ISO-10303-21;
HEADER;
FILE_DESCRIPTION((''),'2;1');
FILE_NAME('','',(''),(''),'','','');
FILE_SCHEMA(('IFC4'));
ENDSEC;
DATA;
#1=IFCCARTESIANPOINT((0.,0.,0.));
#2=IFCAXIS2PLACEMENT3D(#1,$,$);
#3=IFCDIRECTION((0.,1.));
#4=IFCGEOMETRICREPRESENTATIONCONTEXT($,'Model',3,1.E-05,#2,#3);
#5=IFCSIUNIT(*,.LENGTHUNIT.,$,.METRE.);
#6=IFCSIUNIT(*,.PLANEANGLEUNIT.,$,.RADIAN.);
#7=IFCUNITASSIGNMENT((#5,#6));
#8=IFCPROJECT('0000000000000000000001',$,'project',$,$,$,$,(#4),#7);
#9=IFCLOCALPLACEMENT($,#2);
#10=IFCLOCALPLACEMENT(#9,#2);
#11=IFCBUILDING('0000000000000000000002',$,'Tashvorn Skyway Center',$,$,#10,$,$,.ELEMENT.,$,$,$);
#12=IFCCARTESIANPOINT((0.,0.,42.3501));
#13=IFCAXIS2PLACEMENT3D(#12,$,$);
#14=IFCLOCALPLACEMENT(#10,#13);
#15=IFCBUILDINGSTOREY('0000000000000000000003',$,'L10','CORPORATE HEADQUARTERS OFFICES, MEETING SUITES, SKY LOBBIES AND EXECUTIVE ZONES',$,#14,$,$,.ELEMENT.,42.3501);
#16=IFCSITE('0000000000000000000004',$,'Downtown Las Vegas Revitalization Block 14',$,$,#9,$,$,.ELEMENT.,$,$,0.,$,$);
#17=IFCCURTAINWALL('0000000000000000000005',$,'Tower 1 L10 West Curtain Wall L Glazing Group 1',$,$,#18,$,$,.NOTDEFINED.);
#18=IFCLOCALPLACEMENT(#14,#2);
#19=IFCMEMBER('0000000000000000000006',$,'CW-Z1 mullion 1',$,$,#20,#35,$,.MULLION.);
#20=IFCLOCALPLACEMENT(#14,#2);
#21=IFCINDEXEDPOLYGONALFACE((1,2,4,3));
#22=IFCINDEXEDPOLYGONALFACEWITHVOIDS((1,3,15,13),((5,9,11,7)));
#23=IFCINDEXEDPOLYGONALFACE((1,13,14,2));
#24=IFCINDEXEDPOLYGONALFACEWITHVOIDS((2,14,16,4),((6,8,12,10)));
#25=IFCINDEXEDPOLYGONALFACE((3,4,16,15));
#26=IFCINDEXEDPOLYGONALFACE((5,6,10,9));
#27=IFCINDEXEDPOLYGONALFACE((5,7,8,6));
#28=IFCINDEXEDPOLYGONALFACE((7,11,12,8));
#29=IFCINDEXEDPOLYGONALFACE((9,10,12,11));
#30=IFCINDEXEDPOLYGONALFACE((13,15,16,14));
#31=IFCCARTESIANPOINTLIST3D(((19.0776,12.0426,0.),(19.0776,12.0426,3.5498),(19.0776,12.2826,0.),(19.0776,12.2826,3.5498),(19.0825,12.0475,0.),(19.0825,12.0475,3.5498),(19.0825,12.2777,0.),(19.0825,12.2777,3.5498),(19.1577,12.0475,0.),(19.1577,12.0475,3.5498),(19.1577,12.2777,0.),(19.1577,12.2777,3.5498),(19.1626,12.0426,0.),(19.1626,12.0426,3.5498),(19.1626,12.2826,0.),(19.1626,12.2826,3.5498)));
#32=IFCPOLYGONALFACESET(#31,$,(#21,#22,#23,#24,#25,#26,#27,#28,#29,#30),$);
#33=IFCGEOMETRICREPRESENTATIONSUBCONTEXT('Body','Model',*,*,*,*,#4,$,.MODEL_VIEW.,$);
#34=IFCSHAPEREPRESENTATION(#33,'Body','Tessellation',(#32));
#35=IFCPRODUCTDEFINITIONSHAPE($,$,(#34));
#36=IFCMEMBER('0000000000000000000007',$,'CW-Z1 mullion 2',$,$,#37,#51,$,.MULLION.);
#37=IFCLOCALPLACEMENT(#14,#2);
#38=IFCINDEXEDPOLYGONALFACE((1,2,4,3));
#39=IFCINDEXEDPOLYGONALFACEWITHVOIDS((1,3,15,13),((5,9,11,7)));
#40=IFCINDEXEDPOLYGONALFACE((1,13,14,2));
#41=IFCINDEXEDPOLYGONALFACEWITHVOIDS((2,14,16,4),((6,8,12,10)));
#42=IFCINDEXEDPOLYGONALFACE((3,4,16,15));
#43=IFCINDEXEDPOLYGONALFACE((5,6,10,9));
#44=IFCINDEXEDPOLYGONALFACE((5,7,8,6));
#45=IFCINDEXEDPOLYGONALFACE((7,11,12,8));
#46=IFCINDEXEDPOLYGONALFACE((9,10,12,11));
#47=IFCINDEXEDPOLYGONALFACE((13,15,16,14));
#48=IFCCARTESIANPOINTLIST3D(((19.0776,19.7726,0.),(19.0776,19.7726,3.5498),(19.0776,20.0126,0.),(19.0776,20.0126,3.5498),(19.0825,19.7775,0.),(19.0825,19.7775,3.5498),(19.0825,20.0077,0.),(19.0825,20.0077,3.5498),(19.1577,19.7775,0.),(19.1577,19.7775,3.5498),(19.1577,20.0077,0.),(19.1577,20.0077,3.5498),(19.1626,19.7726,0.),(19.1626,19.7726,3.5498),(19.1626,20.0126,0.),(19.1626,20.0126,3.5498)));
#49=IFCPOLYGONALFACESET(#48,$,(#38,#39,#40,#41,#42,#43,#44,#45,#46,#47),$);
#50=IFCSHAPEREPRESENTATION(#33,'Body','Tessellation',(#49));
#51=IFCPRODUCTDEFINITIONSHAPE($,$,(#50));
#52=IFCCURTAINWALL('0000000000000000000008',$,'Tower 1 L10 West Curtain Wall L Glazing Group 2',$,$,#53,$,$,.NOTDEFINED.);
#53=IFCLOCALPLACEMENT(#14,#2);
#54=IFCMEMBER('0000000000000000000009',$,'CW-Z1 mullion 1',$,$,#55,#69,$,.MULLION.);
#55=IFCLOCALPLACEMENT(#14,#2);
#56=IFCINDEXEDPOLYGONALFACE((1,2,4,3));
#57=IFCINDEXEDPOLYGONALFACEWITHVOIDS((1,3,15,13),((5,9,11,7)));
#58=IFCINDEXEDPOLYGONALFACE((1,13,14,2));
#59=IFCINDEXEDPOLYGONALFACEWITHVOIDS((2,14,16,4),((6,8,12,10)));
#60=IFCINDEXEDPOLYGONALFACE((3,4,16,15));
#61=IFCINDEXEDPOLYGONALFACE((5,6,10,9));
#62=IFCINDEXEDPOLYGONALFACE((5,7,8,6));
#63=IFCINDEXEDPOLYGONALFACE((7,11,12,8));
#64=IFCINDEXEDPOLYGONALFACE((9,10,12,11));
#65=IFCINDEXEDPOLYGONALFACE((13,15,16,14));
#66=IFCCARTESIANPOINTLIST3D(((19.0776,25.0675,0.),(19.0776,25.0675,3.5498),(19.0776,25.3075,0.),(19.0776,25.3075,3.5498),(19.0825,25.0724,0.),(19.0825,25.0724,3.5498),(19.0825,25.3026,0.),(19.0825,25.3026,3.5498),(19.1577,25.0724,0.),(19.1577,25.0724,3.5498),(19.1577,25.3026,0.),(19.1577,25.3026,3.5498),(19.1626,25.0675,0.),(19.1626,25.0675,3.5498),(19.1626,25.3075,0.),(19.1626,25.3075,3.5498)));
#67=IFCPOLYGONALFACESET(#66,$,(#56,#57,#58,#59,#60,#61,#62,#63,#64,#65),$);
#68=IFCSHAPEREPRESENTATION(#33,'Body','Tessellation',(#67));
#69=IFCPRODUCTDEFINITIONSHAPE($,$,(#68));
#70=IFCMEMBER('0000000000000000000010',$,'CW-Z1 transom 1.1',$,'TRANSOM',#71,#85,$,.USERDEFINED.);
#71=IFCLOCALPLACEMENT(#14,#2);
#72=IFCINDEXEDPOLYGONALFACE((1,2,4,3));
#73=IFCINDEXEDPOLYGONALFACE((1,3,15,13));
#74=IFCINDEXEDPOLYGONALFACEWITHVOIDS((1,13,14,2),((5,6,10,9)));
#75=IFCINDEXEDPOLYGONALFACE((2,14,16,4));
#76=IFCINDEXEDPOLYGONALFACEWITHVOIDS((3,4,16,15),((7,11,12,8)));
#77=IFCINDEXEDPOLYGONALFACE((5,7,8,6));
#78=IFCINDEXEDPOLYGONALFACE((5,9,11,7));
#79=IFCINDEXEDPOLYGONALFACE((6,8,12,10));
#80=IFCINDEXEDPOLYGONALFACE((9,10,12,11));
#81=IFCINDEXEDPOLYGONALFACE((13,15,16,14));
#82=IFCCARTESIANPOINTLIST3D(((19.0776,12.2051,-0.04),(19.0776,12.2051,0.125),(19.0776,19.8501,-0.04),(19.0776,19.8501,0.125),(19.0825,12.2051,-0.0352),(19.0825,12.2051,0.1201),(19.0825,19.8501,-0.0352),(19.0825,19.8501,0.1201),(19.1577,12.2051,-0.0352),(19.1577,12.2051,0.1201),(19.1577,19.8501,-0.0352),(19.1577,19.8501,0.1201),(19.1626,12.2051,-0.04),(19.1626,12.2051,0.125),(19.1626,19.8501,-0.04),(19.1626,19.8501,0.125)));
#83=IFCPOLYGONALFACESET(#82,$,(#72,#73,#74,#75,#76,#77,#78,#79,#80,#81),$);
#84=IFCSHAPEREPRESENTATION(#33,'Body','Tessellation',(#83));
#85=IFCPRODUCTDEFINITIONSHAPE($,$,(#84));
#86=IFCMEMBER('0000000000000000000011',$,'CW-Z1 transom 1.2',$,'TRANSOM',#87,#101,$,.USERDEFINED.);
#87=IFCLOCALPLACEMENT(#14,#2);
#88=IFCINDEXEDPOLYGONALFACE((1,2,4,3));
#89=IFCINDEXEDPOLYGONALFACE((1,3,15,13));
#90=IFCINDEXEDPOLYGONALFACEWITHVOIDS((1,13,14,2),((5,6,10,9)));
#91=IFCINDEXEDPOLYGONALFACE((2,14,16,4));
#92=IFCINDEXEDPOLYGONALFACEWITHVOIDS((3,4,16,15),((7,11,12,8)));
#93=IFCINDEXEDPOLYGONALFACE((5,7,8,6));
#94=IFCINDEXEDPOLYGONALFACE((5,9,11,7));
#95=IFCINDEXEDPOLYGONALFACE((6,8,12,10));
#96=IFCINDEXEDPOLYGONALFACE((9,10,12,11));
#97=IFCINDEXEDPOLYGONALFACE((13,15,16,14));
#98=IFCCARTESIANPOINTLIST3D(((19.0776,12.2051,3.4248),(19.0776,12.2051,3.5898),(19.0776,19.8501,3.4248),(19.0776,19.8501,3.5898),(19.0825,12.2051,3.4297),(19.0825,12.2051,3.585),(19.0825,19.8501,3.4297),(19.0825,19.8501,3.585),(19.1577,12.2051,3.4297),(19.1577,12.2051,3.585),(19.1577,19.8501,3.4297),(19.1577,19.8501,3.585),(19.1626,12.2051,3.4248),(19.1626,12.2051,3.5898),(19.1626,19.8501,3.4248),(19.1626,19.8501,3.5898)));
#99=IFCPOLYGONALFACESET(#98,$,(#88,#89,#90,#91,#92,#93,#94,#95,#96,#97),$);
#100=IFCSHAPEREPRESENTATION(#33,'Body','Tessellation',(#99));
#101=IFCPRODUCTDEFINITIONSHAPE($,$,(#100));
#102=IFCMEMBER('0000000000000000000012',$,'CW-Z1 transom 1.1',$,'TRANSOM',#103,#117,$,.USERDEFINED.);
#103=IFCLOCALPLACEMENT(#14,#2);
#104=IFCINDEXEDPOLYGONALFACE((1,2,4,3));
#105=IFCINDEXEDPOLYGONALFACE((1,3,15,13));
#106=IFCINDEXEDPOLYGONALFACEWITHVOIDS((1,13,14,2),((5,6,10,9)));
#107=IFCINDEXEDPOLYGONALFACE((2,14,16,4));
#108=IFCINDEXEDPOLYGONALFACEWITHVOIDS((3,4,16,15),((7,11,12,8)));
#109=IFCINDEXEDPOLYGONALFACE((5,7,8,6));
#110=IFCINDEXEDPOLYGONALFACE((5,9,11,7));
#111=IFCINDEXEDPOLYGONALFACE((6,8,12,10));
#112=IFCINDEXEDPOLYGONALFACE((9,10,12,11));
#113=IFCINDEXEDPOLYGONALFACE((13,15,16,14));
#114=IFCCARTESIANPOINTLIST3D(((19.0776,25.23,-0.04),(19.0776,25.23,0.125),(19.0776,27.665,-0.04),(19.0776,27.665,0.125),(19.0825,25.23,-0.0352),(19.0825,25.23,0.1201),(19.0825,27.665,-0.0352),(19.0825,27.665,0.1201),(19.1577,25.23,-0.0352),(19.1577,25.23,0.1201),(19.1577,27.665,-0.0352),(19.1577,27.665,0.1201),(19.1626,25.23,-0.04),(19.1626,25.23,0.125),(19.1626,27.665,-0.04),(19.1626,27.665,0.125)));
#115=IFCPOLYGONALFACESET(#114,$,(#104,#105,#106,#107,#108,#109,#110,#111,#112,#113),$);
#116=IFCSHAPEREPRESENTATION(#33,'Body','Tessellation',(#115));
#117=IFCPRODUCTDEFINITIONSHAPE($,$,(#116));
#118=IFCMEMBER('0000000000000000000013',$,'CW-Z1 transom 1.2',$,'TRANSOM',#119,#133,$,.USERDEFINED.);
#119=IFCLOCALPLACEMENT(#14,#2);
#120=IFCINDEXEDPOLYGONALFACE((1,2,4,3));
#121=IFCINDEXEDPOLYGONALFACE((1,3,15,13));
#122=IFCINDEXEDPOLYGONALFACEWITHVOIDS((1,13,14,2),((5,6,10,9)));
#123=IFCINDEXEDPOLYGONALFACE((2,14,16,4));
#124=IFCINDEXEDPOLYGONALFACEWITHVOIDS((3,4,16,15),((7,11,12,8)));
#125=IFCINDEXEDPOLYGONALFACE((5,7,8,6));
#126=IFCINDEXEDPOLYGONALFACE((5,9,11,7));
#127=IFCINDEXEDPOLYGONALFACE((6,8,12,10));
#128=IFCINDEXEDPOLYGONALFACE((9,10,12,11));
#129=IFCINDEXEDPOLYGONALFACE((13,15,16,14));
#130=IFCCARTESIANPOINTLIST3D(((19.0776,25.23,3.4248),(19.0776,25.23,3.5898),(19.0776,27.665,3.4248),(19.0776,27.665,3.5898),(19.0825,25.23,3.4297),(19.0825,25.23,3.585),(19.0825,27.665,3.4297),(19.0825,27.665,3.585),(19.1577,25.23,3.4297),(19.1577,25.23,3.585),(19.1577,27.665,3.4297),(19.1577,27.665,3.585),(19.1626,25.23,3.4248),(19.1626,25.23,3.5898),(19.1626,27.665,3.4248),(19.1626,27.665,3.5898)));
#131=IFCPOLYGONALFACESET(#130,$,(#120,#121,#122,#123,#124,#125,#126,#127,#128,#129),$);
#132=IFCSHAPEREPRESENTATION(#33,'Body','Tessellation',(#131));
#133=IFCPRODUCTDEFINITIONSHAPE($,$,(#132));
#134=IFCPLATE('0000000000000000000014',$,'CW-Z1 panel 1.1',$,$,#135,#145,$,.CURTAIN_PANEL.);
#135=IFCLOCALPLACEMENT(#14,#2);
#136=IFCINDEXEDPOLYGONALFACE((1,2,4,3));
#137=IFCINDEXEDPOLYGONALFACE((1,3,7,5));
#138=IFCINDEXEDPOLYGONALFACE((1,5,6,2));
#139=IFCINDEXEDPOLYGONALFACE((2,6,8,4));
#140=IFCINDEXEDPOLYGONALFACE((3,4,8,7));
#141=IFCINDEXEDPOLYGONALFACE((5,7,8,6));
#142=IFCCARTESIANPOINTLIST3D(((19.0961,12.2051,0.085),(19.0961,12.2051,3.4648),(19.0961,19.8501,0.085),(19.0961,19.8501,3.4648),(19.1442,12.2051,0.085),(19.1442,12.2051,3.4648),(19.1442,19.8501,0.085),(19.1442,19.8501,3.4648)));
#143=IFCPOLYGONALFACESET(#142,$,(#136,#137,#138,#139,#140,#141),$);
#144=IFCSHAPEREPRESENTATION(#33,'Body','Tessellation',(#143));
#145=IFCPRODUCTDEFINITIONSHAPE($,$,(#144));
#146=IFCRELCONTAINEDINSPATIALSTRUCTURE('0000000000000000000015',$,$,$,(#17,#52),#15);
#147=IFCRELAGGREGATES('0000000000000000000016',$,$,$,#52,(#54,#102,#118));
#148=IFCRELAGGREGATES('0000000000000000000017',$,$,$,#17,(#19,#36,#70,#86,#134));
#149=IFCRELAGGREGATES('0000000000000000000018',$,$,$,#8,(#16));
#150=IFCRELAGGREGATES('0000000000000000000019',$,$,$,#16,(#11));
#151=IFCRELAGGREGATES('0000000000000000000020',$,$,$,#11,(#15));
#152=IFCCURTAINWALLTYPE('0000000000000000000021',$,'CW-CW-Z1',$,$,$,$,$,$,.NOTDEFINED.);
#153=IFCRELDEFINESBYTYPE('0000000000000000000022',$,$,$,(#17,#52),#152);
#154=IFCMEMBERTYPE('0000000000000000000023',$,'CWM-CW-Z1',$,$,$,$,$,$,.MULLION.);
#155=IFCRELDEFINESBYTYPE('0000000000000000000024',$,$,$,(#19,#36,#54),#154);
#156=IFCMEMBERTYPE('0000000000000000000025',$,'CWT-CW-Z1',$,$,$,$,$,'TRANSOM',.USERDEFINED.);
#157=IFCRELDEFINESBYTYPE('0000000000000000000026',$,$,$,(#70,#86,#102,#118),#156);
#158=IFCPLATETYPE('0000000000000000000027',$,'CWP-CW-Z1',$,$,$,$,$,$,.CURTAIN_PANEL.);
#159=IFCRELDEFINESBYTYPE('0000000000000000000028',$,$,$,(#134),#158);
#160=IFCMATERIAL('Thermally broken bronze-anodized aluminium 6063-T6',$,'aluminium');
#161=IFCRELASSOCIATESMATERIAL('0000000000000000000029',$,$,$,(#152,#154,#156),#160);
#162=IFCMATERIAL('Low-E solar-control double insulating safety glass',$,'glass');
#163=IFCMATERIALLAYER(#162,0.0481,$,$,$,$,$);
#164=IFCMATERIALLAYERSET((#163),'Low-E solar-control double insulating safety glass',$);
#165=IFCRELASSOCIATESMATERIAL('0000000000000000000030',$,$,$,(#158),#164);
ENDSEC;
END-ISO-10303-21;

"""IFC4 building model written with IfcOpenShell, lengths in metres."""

from ifc_helpers import new_model, si_unit, direction, frame, origin, origin_2d, place, context, subcontext, project, spatial, rectangle, hollow_rectangle, extrude, material, layer, layer_set, material_profile, profile_set, type_object, element, aggregate, save


model = new_model("IFC4")

# Units and contexts
model_context = context("Model", 3, precision=1e-05, world=origin(), true_north=direction((0.0, 1.0)))
body_context = subcontext(model_context, "Body", "Model", "MODEL_VIEW")
ifc_project = project(units=[si_unit("LENGTHUNIT", "METRE"), si_unit("PLANEANGLEUNIT", "RADIAN")], contexts=[model_context])

# Site, building, storey
site_placement = place(None, origin())
site = spatial("IfcSite", under=ifc_project, at=site_placement, Name="Downtown Las Vegas Revitalization Block 14", CompositionType="ELEMENT", RefElevation=0.0)
building_placement = place(site_placement, origin())
building = spatial("IfcBuilding", under=site, at=building_placement, Name="Tashvorn Skyway Center", CompositionType="ELEMENT")
storey_placement = place(building_placement, frame((0.0, 0.0, 42.3501)))
storey = spatial("IfcBuildingStorey", under=building, at=storey_placement, Name="L10", Description="CORPORATE HEADQUARTERS OFFICES, MEETING SUITES, SKY LOBBIES AND EXECUTIVE ZONES", CompositionType="ELEMENT", Elevation=42.3501)

# Curtain wall, members
ifc_material_1 = material(Name="Thermally broken bronze-anodized aluminium 6063-T6", Category="aluminium")
curtain_wall_type = type_object("IfcCurtainWallType", Name="CW-CW-Z1", PredefinedType="NOTDEFINED", material=ifc_material_1)
curtain_wall_1_placement = place(storey_placement, origin())
curtain_wall_1 = element("IfcCurtainWall", 1, at=curtain_wall_1_placement, inside=storey, type_object=curtain_wall_type, Name="Tower 1 L10 West Curtain Wall L Glazing Group 1", PredefinedType="NOTDEFINED")
ifc_material_profile_1 = material_profile(ifc_material_1, hollow_rectangle(XDim=0.085, YDim=0.24, WallThickness=0.0049, at=origin_2d()), Name="ALU-MULL-85x240")
ifc_profile_set_1 = profile_set([ifc_material_profile_1], Name="Thermally broken bronze-anodized aluminium 6063-T6")
member_type_1 = type_object("IfcMemberType", Name="CWM-CW-Z1", PredefinedType="MULLION", material=ifc_profile_set_1)
member_1_placement = place(storey_placement, frame((19.1201, 12.1626, 0.0), z_axis=(0.0, 0.0, 1.0), x_axis=(-1.0, 0.0, 0.0)))
member_1 = element("IfcMember", 2, at=member_1_placement, type_object=member_type_1, Name="CW-Z1 mullion 1", PredefinedType="MULLION", context=body_context, shape_type="SweptSolid", body=[
    extrude(hollow_rectangle(XDim=0.085, YDim=0.24, WallThickness=0.0049, at=origin_2d()), origin(), (0.0, 0.0, 1.0), 3.5498),
])
member_2_placement = place(storey_placement, frame((19.1201, 19.8926, 0.0), z_axis=(0.0, 0.0, 1.0), x_axis=(-1.0, 0.0, 0.0)))
member_2 = element("IfcMember", 3, at=member_2_placement, type_object=member_type_1, Name="CW-Z1 mullion 2", PredefinedType="MULLION", context=body_context, shape_type="SweptSolid", body=[
    extrude(hollow_rectangle(XDim=0.085, YDim=0.24, WallThickness=0.0049, at=origin_2d()), origin(), (0.0, 0.0, 1.0), 3.5498),
])

# Curtain wall, member
curtain_wall_2_placement = place(storey_placement, origin())
curtain_wall_2 = element("IfcCurtainWall", 4, at=curtain_wall_2_placement, inside=storey, type_object=curtain_wall_type, Name="Tower 1 L10 West Curtain Wall L Glazing Group 2", PredefinedType="NOTDEFINED")
member_3_placement = place(storey_placement, frame((19.1201, 25.1875, 0.0), z_axis=(0.0, 0.0, 1.0), x_axis=(-1.0, 0.0, 0.0)))
member_3 = element("IfcMember", 5, at=member_3_placement, type_object=member_type_1, Name="CW-Z1 mullion 1", PredefinedType="MULLION", context=body_context, shape_type="SweptSolid", body=[
    extrude(hollow_rectangle(XDim=0.085, YDim=0.24, WallThickness=0.0049, at=origin_2d()), origin(), (0.0, 0.0, 1.0), 3.5498),
])

# Members
ifc_material_profile_2 = material_profile(ifc_material_1, hollow_rectangle(XDim=0.085, YDim=0.165, WallThickness=0.0049, at=origin_2d()), Name="ALU-TRAN-85x165")
ifc_profile_set_2 = profile_set([ifc_material_profile_2], Name="Thermally broken bronze-anodized aluminium 6063-T6")
member_type_2 = type_object("IfcMemberType", Name="CWT-CW-Z1", ElementType="TRANSOM", PredefinedType="USERDEFINED", material=ifc_profile_set_2)
member_4_placement = place(storey_placement, frame((19.1201, 12.2051, 0.0425), z_axis=(0.0, 1.0, 0.0), x_axis=(-1.0, 0.0, 0.0)))
member_4 = element("IfcMember", 6, at=member_4_placement, type_object=member_type_2, Name="CW-Z1 transom 1.1", ObjectType="TRANSOM", PredefinedType="USERDEFINED", context=body_context, shape_type="SweptSolid", body=[
    extrude(hollow_rectangle(XDim=0.085, YDim=0.165, WallThickness=0.0049, at=origin_2d()), origin(), (0.0, 0.0, 1.0), 7.645),
])
member_5_placement = place(storey_placement, frame((19.1201, 12.2051, 3.5073), z_axis=(0.0, 1.0, 0.0), x_axis=(-1.0, 0.0, 0.0)))
member_5 = element("IfcMember", 7, at=member_5_placement, type_object=member_type_2, Name="CW-Z1 transom 1.2", ObjectType="TRANSOM", PredefinedType="USERDEFINED", context=body_context, shape_type="SweptSolid", body=[
    extrude(hollow_rectangle(XDim=0.085, YDim=0.165, WallThickness=0.0049, at=origin_2d()), origin(), (0.0, 0.0, 1.0), 7.645),
])
member_6_placement = place(storey_placement, frame((19.1201, 25.23, 0.0425), z_axis=(0.0, 1.0, 0.0), x_axis=(-1.0, 0.0, 0.0)))
member_6 = element("IfcMember", 8, at=member_6_placement, type_object=member_type_2, Name="CW-Z1 transom 1.1", ObjectType="TRANSOM", PredefinedType="USERDEFINED", context=body_context, shape_type="SweptSolid", body=[
    extrude(hollow_rectangle(XDim=0.085, YDim=0.165, WallThickness=0.0049, at=origin_2d()), origin(), (0.0, 0.0, 1.0), 2.4351),
])
member_7_placement = place(storey_placement, frame((19.1201, 25.23, 3.5073), z_axis=(0.0, 1.0, 0.0), x_axis=(-1.0, 0.0, 0.0)))
member_7 = element("IfcMember", 9, at=member_7_placement, type_object=member_type_2, Name="CW-Z1 transom 1.2", ObjectType="TRANSOM", PredefinedType="USERDEFINED", context=body_context, shape_type="SweptSolid", body=[
    extrude(hollow_rectangle(XDim=0.085, YDim=0.165, WallThickness=0.0049, at=origin_2d()), origin(), (0.0, 0.0, 1.0), 2.4351),
])
aggregate(curtain_wall_2, [member_3, member_6, member_7])

# Plate
ifc_material_2 = material(Name="Low-E solar-control double insulating safety glass", Category="glass")
ifc_layer_1 = layer(ifc_material_2, 0.0481)
ifc_layer_set_1 = layer_set([ifc_layer_1], Name="Low-E solar-control double insulating safety glass")
plate_type = type_object("IfcPlateType", Name="CWP-CW-Z1", PredefinedType="CURTAIN_PANEL", material=ifc_layer_set_1)
plate_placement = place(storey_placement, frame((19.1201, 16.0276, 0.085), z_axis=(0.0, 0.0, 1.0), x_axis=(0.0, 1.0, 0.0)))
plate = element("IfcPlate", 10, at=plate_placement, type_object=plate_type, Name="CW-Z1 panel 1.1", PredefinedType="CURTAIN_PANEL", context=body_context, shape_type="SweptSolid", body=[
    extrude(rectangle(XDim=7.645, YDim=0.0481, at=origin_2d()), origin(), (0.0, 0.0, 1.0), 3.3799),
])
aggregate(curtain_wall_1, [member_1, member_2, member_4, member_5, plate])

save(model, "model.ifc")
